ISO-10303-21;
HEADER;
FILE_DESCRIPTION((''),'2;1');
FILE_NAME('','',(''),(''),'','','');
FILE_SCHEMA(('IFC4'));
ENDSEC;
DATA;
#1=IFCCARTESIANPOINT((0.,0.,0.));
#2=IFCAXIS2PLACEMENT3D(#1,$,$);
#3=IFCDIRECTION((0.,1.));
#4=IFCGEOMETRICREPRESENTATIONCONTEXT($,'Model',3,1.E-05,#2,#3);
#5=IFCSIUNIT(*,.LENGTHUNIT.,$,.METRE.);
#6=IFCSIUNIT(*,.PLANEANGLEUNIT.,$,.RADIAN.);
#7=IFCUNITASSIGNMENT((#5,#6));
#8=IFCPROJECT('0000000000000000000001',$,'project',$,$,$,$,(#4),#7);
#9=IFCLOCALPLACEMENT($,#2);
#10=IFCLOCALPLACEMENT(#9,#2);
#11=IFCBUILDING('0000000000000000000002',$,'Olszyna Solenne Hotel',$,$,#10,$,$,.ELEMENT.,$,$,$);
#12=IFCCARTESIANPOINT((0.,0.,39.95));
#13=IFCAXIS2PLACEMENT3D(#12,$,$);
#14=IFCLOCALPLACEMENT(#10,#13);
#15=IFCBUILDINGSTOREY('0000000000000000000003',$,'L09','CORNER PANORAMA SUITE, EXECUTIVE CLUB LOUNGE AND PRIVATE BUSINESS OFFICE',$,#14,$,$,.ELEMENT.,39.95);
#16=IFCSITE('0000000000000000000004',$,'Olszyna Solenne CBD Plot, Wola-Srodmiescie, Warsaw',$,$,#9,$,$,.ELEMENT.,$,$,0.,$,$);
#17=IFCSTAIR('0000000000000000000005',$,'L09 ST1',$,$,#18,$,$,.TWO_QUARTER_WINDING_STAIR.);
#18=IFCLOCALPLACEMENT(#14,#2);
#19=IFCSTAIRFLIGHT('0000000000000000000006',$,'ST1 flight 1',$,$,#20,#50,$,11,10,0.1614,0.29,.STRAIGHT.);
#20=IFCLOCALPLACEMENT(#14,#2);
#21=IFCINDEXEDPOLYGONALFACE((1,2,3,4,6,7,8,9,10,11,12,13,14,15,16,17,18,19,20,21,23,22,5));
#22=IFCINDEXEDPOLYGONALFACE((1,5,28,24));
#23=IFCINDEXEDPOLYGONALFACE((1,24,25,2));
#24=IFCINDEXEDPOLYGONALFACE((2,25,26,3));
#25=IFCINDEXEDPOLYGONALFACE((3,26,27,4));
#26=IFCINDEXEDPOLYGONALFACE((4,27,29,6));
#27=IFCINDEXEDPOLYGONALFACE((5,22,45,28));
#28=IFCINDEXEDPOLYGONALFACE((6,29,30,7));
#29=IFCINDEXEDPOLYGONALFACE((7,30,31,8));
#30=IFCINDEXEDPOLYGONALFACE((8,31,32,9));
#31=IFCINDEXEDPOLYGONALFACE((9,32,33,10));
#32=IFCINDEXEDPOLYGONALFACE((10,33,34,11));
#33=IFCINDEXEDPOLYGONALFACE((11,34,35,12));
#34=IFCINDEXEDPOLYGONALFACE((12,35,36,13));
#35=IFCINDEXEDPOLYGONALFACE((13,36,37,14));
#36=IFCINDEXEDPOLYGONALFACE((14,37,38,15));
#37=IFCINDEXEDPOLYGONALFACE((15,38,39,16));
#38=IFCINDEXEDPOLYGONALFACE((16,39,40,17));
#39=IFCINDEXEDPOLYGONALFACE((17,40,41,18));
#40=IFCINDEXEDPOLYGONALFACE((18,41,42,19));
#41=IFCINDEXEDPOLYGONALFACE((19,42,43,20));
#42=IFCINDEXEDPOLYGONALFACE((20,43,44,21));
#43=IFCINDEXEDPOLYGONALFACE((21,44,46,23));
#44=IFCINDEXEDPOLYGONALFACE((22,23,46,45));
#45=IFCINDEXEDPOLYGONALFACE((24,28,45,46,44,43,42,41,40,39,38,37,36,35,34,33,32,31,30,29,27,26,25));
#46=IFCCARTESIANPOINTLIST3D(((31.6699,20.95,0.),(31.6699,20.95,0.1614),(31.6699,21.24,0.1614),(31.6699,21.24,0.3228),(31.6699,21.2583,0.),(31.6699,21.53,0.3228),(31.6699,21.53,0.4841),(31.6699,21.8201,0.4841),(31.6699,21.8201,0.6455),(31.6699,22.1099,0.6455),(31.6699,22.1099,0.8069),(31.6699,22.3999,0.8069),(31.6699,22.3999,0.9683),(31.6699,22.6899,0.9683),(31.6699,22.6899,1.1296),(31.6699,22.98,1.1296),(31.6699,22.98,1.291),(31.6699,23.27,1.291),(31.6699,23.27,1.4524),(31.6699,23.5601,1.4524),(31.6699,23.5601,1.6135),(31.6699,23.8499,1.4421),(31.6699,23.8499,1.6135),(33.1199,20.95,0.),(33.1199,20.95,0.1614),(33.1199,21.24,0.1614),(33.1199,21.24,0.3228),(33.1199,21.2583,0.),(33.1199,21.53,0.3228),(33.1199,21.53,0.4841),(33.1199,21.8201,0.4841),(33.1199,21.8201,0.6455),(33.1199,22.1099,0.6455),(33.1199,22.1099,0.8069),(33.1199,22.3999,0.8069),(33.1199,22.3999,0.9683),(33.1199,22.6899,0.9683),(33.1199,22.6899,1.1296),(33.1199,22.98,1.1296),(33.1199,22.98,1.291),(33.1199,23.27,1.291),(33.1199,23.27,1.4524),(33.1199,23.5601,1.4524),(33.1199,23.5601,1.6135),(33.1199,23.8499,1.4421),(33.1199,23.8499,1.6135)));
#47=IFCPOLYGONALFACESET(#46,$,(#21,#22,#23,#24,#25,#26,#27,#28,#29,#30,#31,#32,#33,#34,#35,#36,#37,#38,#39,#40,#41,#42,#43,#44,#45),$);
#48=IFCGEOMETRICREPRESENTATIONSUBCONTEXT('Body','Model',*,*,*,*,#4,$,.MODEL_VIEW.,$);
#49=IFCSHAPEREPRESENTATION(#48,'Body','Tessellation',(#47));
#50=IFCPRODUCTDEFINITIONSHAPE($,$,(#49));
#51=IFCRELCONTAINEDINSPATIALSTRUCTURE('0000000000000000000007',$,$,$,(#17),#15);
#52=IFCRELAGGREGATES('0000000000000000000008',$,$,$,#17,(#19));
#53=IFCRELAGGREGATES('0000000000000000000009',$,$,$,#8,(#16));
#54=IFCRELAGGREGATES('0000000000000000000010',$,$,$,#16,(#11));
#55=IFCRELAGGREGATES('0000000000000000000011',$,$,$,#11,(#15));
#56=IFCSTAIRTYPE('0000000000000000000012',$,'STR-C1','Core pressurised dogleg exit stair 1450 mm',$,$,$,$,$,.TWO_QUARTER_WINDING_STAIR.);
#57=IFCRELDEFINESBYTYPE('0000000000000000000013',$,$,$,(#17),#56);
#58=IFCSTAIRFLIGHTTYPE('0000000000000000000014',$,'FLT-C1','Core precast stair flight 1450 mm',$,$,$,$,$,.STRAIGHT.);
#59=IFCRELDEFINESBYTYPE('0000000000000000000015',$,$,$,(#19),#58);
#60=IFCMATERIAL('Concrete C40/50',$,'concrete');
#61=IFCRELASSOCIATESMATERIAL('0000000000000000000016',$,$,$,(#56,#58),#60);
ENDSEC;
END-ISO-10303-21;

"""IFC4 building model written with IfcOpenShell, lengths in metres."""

from ifc_helpers import new_model, si_unit, direction, frame, origin, place, context, subcontext, project, spatial, polyline, outline, extrude, material, type_object, element, aggregate, save


model = new_model("IFC4")

# Units and contexts
model_context = context("Model", 3, precision=1e-05, world=origin(), true_north=direction((0.0, 1.0)))
body_context = subcontext(model_context, "Body", "Model", "MODEL_VIEW")
ifc_project = project(units=[si_unit("LENGTHUNIT", "METRE"), si_unit("PLANEANGLEUNIT", "RADIAN")], contexts=[model_context])

# Site, building, storey
site_placement = place(None, origin())
site = spatial("IfcSite", under=ifc_project, at=site_placement, Name="Olszyna Solenne CBD Plot, Wola-Srodmiescie, Warsaw", CompositionType="ELEMENT", RefElevation=0.0)
building_placement = place(site_placement, origin())
building = spatial("IfcBuilding", under=site, at=building_placement, Name="Olszyna Solenne Hotel", CompositionType="ELEMENT")
storey_placement = place(building_placement, frame((0.0, 0.0, 39.95)))
storey = spatial("IfcBuildingStorey", under=building, at=storey_placement, Name="L09", Description="CORNER PANORAMA SUITE, EXECUTIVE CLUB LOUNGE AND PRIVATE BUSINESS OFFICE", CompositionType="ELEMENT", Elevation=39.95)

# Stair, stair flight
ifc_material_1 = material(Name="Concrete C40/50", Category="concrete")
stair_type = type_object("IfcStairType", Name="STR-C1", Description="Core pressurised dogleg exit stair 1450 mm", PredefinedType="TWO_QUARTER_WINDING_STAIR", material=ifc_material_1)
stair_placement = place(storey_placement, origin())
stair = element("IfcStair", 1, at=stair_placement, inside=storey, type_object=stair_type, Name="L09 ST1", PredefinedType="TWO_QUARTER_WINDING_STAIR")
stair_flight_type = type_object("IfcStairFlightType", Name="FLT-C1", Description="Core precast stair flight 1450 mm", PredefinedType="STRAIGHT", material=ifc_material_1)
stair_flight_placement = place(storey_placement, frame((32.395, 20.95, 0.0), z_axis=(0.0, 0.0, 1.0), x_axis=(0.0, 1.0, 0.0)))
stair_flight = element("IfcStairFlight", 2, at=stair_flight_placement, type_object=stair_flight_type, Name="ST1 flight 1", NumberOfRisers=11, NumberOfTreads=10, PredefinedType="STRAIGHT", RiserHeight=0.1614, TreadLength=0.29, context=body_context, shape_type="SweptSolid", body=[
    extrude(outline(polyline([(0.0, 0.0), (0.0, 0.1614), (0.29, 0.1614), (0.29, 0.3228), (0.5801, 0.3228), (0.5801, 0.4841), (0.8701, 0.4841), (0.8701, 0.6455), (1.1599, 0.6455), (1.1599, 0.8069), (1.45, 0.8069), (1.45, 0.9683), (1.74, 0.9683), (1.74, 1.1296), (2.03, 1.1296), (2.03, 1.291), (2.3201, 1.291), (2.3201, 1.4524), (2.6101, 1.4524), (2.6101, 1.6135), (2.8999, 1.6135), (2.8999, 1.7749), (2.8999, 1.4421), (0.3083, 0.0), (0.0, 0.0)])), frame((0.0, 0.7251, 0.0), z_axis=(0.0, -1.0, 0.0), x_axis=(1.0, 0.0, 0.0)), (0.0, 0.0, 1.0), 1.45),
])
aggregate(stair, [stair_flight])

save(model, "model.ifc")
